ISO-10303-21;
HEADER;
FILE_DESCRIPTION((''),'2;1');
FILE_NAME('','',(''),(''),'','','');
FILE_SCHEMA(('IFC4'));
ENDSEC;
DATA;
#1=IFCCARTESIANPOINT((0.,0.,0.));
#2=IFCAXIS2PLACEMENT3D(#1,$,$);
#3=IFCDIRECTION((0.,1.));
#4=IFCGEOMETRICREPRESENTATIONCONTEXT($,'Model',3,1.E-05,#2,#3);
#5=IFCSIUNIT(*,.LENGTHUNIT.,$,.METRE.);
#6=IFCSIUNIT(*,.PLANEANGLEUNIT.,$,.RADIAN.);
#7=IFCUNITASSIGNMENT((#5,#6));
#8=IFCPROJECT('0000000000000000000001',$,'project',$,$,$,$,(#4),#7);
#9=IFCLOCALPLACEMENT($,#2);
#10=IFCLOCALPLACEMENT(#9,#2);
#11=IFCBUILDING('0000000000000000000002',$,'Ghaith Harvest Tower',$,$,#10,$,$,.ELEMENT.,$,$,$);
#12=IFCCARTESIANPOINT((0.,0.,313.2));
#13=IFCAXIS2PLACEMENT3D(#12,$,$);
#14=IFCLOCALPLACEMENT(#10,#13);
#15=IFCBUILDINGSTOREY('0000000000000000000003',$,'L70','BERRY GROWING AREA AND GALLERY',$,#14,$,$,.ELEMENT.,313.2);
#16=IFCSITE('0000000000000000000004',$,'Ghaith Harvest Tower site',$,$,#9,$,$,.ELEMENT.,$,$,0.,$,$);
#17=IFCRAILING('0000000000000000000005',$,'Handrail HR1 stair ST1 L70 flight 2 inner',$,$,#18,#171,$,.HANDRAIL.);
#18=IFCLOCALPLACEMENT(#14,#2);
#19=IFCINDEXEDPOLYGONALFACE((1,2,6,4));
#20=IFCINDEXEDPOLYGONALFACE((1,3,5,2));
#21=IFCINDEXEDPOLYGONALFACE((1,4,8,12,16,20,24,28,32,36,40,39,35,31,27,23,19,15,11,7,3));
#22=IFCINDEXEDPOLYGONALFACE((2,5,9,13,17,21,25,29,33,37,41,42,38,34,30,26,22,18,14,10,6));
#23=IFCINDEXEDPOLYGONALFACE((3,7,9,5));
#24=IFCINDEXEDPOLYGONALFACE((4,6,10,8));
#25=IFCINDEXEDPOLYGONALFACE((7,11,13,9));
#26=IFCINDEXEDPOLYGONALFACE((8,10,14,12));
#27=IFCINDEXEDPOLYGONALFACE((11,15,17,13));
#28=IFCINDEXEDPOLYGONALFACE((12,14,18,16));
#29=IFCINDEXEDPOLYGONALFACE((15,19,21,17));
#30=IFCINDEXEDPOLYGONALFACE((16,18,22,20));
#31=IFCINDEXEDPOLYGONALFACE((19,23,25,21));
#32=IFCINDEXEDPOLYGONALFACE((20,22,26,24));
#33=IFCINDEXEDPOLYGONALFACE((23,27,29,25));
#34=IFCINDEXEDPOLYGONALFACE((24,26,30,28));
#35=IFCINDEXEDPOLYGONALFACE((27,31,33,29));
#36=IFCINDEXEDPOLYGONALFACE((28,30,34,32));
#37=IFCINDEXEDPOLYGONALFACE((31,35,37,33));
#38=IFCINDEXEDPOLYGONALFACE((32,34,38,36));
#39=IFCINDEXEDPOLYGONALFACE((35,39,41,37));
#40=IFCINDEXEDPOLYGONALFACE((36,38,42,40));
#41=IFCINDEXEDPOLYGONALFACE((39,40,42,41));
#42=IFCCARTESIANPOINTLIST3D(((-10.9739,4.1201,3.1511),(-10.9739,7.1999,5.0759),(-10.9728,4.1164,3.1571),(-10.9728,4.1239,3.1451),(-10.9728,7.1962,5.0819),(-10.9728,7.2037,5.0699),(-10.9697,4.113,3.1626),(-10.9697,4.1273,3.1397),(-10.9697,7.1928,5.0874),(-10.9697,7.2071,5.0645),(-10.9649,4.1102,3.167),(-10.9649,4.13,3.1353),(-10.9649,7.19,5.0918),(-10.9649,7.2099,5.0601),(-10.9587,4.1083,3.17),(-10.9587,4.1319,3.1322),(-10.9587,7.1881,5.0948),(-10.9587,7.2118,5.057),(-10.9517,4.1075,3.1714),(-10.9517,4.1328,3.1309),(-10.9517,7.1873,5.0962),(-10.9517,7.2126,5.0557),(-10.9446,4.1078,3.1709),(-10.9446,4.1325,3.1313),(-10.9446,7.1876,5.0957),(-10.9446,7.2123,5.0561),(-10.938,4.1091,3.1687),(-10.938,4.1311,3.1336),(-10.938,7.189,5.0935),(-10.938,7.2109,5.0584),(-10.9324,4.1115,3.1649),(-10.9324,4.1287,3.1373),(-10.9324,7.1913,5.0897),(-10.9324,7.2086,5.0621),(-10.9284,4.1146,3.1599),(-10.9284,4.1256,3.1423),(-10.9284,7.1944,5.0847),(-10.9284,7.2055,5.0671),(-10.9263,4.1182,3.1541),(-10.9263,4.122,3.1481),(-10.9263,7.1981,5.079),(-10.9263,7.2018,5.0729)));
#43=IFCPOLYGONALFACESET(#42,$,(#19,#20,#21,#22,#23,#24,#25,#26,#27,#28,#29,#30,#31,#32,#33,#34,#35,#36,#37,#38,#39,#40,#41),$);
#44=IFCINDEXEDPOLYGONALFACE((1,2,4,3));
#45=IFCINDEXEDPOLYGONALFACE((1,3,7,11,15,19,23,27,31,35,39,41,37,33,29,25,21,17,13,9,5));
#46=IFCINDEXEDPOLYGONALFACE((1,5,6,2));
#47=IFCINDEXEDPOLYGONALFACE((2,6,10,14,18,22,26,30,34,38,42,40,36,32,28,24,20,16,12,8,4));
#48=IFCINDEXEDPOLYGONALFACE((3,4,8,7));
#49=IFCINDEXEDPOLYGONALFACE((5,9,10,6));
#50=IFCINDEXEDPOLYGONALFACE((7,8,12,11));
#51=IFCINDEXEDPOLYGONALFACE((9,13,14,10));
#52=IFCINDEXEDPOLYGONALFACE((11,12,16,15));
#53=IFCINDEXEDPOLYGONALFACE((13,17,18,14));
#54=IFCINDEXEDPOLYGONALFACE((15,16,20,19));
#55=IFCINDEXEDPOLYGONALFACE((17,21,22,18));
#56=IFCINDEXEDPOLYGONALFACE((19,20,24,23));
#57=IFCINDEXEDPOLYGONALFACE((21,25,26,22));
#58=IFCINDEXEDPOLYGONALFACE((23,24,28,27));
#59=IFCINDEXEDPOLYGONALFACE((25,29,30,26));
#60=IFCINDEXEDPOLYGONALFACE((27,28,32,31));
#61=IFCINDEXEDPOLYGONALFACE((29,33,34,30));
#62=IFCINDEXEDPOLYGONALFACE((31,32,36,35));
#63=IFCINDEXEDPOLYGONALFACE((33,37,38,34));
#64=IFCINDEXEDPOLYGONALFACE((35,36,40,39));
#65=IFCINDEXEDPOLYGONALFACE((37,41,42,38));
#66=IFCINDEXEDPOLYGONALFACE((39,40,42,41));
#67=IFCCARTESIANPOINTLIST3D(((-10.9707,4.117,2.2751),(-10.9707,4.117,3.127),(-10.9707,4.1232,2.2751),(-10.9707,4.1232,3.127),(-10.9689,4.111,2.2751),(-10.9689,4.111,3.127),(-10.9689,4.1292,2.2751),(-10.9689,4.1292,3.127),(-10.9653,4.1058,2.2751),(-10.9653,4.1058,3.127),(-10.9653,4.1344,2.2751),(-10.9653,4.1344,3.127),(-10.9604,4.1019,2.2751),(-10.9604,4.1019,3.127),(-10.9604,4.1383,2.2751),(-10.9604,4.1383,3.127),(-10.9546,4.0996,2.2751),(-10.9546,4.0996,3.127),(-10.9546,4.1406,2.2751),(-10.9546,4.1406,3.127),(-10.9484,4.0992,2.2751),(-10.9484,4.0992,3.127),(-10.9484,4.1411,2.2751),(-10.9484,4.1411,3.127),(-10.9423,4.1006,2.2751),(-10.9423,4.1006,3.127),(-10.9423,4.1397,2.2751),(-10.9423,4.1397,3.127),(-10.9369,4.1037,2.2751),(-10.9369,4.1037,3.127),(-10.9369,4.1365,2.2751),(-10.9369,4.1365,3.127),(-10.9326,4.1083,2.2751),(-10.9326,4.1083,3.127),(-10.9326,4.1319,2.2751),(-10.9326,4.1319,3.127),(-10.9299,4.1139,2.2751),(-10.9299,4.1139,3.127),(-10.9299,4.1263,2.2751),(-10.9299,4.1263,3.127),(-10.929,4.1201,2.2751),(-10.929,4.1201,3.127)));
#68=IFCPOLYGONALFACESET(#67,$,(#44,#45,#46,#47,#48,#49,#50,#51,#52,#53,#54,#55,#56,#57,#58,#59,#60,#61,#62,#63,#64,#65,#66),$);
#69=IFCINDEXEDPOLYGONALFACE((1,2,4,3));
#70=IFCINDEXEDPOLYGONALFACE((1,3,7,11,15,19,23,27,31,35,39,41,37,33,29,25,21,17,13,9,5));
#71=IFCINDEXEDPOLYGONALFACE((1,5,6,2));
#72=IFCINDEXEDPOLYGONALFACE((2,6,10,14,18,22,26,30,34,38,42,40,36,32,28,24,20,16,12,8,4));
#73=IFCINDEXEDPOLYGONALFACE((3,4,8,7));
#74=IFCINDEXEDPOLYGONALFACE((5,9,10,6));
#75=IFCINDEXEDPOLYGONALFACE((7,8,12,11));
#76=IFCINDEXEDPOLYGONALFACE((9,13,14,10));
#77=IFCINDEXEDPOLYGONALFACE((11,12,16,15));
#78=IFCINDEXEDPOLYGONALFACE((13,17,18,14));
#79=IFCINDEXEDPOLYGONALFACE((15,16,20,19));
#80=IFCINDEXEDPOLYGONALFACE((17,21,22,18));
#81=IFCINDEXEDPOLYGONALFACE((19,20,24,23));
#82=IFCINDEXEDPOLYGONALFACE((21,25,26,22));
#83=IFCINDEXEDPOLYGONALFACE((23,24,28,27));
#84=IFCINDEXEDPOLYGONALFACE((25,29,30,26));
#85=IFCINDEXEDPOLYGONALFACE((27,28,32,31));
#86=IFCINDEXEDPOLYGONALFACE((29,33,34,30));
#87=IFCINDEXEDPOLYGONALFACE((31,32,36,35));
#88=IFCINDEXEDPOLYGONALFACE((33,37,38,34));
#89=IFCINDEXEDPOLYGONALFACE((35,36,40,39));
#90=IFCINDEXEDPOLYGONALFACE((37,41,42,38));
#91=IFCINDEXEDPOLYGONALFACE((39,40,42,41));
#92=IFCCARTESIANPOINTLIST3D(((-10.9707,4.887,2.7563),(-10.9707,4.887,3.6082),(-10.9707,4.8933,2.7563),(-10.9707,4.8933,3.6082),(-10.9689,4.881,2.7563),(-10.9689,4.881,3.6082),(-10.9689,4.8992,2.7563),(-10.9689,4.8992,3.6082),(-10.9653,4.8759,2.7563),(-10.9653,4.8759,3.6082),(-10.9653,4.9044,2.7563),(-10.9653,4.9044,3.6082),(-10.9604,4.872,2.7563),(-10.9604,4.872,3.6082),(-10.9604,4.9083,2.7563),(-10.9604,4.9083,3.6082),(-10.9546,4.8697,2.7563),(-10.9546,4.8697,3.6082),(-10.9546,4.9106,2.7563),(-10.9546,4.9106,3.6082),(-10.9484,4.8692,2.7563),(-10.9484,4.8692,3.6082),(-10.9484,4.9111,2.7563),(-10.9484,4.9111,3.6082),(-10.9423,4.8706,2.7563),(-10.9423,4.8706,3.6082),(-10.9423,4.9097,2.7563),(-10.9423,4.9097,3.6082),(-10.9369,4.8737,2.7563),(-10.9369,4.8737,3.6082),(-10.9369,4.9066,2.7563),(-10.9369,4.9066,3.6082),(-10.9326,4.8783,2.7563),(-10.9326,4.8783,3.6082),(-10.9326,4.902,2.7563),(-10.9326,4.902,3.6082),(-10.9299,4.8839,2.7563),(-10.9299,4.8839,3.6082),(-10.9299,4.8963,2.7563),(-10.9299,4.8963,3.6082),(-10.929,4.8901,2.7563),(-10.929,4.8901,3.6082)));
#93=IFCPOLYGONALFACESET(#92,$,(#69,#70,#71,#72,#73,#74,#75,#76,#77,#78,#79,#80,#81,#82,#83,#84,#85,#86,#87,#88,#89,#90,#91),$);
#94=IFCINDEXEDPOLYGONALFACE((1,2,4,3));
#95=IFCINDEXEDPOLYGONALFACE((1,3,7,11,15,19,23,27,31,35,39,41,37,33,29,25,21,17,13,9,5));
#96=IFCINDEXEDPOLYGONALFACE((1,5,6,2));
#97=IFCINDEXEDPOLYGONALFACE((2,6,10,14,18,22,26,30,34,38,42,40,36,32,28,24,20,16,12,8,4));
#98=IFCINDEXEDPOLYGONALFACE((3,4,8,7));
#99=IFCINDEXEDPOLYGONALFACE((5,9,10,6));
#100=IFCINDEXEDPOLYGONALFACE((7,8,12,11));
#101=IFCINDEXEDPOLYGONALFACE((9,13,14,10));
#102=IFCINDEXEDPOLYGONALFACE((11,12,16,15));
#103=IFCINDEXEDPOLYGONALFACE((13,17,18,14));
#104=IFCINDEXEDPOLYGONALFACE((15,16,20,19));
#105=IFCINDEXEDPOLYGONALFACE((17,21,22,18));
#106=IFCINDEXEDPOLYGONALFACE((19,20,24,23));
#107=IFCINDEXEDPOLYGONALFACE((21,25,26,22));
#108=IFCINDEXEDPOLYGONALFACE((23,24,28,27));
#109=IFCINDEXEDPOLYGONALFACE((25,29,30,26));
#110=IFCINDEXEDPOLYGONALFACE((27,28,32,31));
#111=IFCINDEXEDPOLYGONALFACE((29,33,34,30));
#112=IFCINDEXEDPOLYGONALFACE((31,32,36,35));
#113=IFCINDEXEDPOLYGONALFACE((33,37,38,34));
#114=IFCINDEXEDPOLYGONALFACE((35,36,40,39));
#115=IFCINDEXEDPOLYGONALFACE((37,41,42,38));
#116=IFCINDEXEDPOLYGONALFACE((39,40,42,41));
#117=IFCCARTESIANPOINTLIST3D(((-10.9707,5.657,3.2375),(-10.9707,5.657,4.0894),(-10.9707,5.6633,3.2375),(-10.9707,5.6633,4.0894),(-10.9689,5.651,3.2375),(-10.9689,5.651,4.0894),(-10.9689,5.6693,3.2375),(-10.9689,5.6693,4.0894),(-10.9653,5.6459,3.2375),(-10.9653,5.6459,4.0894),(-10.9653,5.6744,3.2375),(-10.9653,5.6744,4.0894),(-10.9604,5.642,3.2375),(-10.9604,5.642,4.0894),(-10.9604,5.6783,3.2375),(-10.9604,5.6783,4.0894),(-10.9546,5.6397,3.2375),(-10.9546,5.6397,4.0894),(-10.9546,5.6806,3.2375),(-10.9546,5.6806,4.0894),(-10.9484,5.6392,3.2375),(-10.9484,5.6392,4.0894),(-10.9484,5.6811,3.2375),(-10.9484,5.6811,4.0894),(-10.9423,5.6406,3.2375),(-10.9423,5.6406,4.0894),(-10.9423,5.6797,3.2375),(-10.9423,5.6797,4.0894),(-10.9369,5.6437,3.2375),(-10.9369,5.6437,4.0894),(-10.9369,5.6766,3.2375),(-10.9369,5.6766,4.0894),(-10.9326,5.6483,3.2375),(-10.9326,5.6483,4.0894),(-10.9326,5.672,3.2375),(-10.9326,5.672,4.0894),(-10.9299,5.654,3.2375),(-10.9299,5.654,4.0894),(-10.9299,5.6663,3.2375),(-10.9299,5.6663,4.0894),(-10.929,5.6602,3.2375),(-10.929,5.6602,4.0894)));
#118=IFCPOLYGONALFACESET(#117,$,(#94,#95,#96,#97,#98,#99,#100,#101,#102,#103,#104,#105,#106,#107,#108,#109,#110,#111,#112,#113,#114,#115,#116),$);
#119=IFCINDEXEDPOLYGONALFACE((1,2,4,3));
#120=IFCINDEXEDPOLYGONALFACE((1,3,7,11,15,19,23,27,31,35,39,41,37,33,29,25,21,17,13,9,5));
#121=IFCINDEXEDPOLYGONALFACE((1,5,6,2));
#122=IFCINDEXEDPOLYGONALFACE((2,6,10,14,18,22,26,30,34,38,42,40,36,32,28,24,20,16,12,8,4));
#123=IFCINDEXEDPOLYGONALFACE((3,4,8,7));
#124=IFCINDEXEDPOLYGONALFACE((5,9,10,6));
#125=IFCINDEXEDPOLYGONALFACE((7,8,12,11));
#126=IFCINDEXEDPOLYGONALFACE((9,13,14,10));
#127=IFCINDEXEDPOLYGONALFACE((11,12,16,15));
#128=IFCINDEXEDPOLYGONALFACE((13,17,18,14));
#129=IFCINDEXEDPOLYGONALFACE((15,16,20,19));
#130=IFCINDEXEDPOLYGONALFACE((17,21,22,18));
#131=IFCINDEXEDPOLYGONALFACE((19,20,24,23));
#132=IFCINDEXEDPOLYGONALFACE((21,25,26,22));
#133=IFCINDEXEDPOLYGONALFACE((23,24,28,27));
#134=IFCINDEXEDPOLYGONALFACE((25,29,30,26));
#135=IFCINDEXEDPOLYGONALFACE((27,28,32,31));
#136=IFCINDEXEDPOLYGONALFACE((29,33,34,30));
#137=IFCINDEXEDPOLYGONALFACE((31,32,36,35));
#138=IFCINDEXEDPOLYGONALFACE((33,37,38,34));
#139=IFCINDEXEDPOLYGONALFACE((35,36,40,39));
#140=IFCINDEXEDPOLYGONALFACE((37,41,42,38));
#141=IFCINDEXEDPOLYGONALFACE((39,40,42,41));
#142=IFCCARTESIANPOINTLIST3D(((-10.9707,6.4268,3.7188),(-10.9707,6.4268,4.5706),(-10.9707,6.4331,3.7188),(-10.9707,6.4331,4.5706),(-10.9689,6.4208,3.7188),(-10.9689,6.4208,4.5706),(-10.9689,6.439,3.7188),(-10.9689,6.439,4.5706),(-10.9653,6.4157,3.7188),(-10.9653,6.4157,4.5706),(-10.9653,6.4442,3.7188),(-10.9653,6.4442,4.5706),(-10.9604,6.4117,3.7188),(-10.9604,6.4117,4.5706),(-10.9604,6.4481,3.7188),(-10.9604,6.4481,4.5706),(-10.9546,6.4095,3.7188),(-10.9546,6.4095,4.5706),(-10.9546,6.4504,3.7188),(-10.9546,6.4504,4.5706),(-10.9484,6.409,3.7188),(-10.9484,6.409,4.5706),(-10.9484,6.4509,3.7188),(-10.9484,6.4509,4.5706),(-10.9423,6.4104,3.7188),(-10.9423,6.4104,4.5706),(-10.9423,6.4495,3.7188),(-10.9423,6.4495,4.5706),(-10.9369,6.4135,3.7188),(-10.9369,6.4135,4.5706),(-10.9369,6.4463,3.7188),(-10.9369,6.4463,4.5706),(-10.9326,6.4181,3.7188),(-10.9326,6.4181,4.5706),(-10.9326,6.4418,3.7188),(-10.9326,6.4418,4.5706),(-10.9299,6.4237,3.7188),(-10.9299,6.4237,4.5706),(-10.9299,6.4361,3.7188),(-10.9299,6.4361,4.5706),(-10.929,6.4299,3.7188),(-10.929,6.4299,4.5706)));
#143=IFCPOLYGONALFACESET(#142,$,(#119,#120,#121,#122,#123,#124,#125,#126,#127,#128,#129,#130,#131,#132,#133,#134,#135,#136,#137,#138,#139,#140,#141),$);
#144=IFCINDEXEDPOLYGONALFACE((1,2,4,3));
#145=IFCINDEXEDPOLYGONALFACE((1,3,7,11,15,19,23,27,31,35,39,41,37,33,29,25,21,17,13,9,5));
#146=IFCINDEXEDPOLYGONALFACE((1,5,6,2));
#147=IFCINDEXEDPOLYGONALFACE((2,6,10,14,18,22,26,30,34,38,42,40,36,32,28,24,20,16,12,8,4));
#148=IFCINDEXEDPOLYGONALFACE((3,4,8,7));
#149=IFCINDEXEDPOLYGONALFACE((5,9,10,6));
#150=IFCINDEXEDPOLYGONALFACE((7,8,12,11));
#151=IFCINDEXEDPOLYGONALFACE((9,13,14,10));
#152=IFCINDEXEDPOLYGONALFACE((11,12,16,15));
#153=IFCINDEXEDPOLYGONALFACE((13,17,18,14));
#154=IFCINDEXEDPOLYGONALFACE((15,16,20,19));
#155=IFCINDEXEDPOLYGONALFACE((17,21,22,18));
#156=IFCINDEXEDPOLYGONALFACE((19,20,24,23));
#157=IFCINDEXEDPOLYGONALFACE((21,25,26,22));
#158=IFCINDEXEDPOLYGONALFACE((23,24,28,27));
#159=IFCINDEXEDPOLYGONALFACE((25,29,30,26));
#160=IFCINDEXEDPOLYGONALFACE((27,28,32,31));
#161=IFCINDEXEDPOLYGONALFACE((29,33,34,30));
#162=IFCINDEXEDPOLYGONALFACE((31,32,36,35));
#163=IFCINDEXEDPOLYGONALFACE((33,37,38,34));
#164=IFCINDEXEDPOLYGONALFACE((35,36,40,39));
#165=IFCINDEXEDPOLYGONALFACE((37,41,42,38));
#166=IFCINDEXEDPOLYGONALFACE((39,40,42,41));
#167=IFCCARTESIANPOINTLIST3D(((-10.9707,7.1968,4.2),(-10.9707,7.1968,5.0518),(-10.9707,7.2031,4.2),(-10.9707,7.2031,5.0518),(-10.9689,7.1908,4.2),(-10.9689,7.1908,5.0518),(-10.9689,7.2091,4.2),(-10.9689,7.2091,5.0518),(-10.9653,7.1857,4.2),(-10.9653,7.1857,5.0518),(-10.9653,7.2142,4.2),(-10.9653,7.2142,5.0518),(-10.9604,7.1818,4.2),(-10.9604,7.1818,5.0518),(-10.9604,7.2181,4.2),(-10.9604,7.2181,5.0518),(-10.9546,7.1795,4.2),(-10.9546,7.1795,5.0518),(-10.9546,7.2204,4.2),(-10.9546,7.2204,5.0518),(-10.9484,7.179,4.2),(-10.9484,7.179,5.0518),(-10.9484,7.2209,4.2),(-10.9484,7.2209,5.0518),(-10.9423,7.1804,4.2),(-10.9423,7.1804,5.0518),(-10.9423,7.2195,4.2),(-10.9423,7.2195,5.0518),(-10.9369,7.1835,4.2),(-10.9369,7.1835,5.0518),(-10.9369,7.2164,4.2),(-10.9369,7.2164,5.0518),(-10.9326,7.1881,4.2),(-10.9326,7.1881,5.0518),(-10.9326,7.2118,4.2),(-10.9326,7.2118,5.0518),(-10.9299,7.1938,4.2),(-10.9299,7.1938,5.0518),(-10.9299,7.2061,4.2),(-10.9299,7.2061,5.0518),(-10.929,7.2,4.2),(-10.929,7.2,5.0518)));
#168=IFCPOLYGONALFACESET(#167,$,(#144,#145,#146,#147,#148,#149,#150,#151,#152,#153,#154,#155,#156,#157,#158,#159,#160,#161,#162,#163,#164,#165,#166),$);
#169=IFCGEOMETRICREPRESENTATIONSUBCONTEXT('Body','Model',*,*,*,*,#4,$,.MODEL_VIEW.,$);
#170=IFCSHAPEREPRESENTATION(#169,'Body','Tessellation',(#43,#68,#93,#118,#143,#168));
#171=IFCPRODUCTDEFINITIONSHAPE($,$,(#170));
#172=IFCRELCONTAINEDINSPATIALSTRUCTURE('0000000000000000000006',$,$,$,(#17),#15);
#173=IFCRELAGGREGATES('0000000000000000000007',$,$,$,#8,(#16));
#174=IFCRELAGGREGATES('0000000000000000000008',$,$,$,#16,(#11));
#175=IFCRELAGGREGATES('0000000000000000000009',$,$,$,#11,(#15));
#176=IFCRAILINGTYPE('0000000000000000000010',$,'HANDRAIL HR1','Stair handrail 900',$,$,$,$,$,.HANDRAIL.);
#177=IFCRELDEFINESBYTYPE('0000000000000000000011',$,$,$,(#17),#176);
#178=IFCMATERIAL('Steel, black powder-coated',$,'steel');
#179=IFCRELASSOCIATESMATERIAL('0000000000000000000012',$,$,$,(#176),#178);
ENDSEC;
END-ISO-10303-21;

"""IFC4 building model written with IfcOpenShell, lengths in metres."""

from ifc_helpers import new_model, si_unit, direction, frame, origin, origin_2d, place, context, subcontext, project, spatial, circle, extrude, material, type_object, element, save


model = new_model("IFC4")

# Units and contexts
model_context = context("Model", 3, precision=1e-05, world=origin(), true_north=direction((0.0, 1.0)))
body_context = subcontext(model_context, "Body", "Model", "MODEL_VIEW")
ifc_project = project(units=[si_unit("LENGTHUNIT", "METRE"), si_unit("PLANEANGLEUNIT", "RADIAN")], contexts=[model_context])

# Site, building, storey
site_placement = place(None, origin())
site = spatial("IfcSite", under=ifc_project, at=site_placement, Name="Ghaith Harvest Tower site", CompositionType="ELEMENT", RefElevation=0.0)
building_placement = place(site_placement, origin())
building = spatial("IfcBuilding", under=site, at=building_placement, Name="Ghaith Harvest Tower", CompositionType="ELEMENT")
storey_placement = place(building_placement, frame((0.0, 0.0, 313.2)))
storey = spatial("IfcBuildingStorey", under=building, at=storey_placement, Name="L70", Description="BERRY GROWING AREA AND GALLERY", CompositionType="ELEMENT", Elevation=313.2)

# Railing
ifc_material_1 = material(Name="Steel, black powder-coated", Category="steel")
railing_type = type_object("IfcRailingType", Name="HANDRAIL HR1", Description="Stair handrail 900", PredefinedType="HANDRAIL", material=ifc_material_1)
railing_1_placement = place(storey_placement, frame((-10.95, 4.1201, 2.2751)))
element("IfcRailing", 1, at=railing_1_placement, inside=storey, type_object=railing_type, Name="Handrail HR1 stair ST1 L70 flight 2 inner", PredefinedType="HANDRAIL", context=body_context, shape_type="SweptSolid", body=[
    extrude(circle(Radius=0.0239, at=origin_2d()), frame((0.0, 0.0, 0.876), z_axis=(0.0, 0.84801, 0.529981), x_axis=(-1.0, 0.0, 0.0)), (0.0, 0.0, 1.0), 3.6318),
    extrude(circle(Radius=0.021, at=origin_2d()), origin(), (0.0, 0.0, 1.0), 0.8518),
    extrude(circle(Radius=0.021, at=origin_2d()), frame((0.0, 0.77, 0.4812)), (0.0, 0.0, 1.0), 0.8518),
    extrude(circle(Radius=0.021, at=origin_2d()), frame((0.0, 1.54, 0.9624)), (0.0, 0.0, 1.0), 0.8518),
    extrude(circle(Radius=0.021, at=origin_2d()), frame((0.0, 2.3098, 1.4436)), (0.0, 0.0, 1.0), 0.8518),
    extrude(circle(Radius=0.021, at=origin_2d()), frame((0.0, 3.0798, 1.9248)), (0.0, 0.0, 1.0), 0.8518),
])

save(model, "model.ifc")
